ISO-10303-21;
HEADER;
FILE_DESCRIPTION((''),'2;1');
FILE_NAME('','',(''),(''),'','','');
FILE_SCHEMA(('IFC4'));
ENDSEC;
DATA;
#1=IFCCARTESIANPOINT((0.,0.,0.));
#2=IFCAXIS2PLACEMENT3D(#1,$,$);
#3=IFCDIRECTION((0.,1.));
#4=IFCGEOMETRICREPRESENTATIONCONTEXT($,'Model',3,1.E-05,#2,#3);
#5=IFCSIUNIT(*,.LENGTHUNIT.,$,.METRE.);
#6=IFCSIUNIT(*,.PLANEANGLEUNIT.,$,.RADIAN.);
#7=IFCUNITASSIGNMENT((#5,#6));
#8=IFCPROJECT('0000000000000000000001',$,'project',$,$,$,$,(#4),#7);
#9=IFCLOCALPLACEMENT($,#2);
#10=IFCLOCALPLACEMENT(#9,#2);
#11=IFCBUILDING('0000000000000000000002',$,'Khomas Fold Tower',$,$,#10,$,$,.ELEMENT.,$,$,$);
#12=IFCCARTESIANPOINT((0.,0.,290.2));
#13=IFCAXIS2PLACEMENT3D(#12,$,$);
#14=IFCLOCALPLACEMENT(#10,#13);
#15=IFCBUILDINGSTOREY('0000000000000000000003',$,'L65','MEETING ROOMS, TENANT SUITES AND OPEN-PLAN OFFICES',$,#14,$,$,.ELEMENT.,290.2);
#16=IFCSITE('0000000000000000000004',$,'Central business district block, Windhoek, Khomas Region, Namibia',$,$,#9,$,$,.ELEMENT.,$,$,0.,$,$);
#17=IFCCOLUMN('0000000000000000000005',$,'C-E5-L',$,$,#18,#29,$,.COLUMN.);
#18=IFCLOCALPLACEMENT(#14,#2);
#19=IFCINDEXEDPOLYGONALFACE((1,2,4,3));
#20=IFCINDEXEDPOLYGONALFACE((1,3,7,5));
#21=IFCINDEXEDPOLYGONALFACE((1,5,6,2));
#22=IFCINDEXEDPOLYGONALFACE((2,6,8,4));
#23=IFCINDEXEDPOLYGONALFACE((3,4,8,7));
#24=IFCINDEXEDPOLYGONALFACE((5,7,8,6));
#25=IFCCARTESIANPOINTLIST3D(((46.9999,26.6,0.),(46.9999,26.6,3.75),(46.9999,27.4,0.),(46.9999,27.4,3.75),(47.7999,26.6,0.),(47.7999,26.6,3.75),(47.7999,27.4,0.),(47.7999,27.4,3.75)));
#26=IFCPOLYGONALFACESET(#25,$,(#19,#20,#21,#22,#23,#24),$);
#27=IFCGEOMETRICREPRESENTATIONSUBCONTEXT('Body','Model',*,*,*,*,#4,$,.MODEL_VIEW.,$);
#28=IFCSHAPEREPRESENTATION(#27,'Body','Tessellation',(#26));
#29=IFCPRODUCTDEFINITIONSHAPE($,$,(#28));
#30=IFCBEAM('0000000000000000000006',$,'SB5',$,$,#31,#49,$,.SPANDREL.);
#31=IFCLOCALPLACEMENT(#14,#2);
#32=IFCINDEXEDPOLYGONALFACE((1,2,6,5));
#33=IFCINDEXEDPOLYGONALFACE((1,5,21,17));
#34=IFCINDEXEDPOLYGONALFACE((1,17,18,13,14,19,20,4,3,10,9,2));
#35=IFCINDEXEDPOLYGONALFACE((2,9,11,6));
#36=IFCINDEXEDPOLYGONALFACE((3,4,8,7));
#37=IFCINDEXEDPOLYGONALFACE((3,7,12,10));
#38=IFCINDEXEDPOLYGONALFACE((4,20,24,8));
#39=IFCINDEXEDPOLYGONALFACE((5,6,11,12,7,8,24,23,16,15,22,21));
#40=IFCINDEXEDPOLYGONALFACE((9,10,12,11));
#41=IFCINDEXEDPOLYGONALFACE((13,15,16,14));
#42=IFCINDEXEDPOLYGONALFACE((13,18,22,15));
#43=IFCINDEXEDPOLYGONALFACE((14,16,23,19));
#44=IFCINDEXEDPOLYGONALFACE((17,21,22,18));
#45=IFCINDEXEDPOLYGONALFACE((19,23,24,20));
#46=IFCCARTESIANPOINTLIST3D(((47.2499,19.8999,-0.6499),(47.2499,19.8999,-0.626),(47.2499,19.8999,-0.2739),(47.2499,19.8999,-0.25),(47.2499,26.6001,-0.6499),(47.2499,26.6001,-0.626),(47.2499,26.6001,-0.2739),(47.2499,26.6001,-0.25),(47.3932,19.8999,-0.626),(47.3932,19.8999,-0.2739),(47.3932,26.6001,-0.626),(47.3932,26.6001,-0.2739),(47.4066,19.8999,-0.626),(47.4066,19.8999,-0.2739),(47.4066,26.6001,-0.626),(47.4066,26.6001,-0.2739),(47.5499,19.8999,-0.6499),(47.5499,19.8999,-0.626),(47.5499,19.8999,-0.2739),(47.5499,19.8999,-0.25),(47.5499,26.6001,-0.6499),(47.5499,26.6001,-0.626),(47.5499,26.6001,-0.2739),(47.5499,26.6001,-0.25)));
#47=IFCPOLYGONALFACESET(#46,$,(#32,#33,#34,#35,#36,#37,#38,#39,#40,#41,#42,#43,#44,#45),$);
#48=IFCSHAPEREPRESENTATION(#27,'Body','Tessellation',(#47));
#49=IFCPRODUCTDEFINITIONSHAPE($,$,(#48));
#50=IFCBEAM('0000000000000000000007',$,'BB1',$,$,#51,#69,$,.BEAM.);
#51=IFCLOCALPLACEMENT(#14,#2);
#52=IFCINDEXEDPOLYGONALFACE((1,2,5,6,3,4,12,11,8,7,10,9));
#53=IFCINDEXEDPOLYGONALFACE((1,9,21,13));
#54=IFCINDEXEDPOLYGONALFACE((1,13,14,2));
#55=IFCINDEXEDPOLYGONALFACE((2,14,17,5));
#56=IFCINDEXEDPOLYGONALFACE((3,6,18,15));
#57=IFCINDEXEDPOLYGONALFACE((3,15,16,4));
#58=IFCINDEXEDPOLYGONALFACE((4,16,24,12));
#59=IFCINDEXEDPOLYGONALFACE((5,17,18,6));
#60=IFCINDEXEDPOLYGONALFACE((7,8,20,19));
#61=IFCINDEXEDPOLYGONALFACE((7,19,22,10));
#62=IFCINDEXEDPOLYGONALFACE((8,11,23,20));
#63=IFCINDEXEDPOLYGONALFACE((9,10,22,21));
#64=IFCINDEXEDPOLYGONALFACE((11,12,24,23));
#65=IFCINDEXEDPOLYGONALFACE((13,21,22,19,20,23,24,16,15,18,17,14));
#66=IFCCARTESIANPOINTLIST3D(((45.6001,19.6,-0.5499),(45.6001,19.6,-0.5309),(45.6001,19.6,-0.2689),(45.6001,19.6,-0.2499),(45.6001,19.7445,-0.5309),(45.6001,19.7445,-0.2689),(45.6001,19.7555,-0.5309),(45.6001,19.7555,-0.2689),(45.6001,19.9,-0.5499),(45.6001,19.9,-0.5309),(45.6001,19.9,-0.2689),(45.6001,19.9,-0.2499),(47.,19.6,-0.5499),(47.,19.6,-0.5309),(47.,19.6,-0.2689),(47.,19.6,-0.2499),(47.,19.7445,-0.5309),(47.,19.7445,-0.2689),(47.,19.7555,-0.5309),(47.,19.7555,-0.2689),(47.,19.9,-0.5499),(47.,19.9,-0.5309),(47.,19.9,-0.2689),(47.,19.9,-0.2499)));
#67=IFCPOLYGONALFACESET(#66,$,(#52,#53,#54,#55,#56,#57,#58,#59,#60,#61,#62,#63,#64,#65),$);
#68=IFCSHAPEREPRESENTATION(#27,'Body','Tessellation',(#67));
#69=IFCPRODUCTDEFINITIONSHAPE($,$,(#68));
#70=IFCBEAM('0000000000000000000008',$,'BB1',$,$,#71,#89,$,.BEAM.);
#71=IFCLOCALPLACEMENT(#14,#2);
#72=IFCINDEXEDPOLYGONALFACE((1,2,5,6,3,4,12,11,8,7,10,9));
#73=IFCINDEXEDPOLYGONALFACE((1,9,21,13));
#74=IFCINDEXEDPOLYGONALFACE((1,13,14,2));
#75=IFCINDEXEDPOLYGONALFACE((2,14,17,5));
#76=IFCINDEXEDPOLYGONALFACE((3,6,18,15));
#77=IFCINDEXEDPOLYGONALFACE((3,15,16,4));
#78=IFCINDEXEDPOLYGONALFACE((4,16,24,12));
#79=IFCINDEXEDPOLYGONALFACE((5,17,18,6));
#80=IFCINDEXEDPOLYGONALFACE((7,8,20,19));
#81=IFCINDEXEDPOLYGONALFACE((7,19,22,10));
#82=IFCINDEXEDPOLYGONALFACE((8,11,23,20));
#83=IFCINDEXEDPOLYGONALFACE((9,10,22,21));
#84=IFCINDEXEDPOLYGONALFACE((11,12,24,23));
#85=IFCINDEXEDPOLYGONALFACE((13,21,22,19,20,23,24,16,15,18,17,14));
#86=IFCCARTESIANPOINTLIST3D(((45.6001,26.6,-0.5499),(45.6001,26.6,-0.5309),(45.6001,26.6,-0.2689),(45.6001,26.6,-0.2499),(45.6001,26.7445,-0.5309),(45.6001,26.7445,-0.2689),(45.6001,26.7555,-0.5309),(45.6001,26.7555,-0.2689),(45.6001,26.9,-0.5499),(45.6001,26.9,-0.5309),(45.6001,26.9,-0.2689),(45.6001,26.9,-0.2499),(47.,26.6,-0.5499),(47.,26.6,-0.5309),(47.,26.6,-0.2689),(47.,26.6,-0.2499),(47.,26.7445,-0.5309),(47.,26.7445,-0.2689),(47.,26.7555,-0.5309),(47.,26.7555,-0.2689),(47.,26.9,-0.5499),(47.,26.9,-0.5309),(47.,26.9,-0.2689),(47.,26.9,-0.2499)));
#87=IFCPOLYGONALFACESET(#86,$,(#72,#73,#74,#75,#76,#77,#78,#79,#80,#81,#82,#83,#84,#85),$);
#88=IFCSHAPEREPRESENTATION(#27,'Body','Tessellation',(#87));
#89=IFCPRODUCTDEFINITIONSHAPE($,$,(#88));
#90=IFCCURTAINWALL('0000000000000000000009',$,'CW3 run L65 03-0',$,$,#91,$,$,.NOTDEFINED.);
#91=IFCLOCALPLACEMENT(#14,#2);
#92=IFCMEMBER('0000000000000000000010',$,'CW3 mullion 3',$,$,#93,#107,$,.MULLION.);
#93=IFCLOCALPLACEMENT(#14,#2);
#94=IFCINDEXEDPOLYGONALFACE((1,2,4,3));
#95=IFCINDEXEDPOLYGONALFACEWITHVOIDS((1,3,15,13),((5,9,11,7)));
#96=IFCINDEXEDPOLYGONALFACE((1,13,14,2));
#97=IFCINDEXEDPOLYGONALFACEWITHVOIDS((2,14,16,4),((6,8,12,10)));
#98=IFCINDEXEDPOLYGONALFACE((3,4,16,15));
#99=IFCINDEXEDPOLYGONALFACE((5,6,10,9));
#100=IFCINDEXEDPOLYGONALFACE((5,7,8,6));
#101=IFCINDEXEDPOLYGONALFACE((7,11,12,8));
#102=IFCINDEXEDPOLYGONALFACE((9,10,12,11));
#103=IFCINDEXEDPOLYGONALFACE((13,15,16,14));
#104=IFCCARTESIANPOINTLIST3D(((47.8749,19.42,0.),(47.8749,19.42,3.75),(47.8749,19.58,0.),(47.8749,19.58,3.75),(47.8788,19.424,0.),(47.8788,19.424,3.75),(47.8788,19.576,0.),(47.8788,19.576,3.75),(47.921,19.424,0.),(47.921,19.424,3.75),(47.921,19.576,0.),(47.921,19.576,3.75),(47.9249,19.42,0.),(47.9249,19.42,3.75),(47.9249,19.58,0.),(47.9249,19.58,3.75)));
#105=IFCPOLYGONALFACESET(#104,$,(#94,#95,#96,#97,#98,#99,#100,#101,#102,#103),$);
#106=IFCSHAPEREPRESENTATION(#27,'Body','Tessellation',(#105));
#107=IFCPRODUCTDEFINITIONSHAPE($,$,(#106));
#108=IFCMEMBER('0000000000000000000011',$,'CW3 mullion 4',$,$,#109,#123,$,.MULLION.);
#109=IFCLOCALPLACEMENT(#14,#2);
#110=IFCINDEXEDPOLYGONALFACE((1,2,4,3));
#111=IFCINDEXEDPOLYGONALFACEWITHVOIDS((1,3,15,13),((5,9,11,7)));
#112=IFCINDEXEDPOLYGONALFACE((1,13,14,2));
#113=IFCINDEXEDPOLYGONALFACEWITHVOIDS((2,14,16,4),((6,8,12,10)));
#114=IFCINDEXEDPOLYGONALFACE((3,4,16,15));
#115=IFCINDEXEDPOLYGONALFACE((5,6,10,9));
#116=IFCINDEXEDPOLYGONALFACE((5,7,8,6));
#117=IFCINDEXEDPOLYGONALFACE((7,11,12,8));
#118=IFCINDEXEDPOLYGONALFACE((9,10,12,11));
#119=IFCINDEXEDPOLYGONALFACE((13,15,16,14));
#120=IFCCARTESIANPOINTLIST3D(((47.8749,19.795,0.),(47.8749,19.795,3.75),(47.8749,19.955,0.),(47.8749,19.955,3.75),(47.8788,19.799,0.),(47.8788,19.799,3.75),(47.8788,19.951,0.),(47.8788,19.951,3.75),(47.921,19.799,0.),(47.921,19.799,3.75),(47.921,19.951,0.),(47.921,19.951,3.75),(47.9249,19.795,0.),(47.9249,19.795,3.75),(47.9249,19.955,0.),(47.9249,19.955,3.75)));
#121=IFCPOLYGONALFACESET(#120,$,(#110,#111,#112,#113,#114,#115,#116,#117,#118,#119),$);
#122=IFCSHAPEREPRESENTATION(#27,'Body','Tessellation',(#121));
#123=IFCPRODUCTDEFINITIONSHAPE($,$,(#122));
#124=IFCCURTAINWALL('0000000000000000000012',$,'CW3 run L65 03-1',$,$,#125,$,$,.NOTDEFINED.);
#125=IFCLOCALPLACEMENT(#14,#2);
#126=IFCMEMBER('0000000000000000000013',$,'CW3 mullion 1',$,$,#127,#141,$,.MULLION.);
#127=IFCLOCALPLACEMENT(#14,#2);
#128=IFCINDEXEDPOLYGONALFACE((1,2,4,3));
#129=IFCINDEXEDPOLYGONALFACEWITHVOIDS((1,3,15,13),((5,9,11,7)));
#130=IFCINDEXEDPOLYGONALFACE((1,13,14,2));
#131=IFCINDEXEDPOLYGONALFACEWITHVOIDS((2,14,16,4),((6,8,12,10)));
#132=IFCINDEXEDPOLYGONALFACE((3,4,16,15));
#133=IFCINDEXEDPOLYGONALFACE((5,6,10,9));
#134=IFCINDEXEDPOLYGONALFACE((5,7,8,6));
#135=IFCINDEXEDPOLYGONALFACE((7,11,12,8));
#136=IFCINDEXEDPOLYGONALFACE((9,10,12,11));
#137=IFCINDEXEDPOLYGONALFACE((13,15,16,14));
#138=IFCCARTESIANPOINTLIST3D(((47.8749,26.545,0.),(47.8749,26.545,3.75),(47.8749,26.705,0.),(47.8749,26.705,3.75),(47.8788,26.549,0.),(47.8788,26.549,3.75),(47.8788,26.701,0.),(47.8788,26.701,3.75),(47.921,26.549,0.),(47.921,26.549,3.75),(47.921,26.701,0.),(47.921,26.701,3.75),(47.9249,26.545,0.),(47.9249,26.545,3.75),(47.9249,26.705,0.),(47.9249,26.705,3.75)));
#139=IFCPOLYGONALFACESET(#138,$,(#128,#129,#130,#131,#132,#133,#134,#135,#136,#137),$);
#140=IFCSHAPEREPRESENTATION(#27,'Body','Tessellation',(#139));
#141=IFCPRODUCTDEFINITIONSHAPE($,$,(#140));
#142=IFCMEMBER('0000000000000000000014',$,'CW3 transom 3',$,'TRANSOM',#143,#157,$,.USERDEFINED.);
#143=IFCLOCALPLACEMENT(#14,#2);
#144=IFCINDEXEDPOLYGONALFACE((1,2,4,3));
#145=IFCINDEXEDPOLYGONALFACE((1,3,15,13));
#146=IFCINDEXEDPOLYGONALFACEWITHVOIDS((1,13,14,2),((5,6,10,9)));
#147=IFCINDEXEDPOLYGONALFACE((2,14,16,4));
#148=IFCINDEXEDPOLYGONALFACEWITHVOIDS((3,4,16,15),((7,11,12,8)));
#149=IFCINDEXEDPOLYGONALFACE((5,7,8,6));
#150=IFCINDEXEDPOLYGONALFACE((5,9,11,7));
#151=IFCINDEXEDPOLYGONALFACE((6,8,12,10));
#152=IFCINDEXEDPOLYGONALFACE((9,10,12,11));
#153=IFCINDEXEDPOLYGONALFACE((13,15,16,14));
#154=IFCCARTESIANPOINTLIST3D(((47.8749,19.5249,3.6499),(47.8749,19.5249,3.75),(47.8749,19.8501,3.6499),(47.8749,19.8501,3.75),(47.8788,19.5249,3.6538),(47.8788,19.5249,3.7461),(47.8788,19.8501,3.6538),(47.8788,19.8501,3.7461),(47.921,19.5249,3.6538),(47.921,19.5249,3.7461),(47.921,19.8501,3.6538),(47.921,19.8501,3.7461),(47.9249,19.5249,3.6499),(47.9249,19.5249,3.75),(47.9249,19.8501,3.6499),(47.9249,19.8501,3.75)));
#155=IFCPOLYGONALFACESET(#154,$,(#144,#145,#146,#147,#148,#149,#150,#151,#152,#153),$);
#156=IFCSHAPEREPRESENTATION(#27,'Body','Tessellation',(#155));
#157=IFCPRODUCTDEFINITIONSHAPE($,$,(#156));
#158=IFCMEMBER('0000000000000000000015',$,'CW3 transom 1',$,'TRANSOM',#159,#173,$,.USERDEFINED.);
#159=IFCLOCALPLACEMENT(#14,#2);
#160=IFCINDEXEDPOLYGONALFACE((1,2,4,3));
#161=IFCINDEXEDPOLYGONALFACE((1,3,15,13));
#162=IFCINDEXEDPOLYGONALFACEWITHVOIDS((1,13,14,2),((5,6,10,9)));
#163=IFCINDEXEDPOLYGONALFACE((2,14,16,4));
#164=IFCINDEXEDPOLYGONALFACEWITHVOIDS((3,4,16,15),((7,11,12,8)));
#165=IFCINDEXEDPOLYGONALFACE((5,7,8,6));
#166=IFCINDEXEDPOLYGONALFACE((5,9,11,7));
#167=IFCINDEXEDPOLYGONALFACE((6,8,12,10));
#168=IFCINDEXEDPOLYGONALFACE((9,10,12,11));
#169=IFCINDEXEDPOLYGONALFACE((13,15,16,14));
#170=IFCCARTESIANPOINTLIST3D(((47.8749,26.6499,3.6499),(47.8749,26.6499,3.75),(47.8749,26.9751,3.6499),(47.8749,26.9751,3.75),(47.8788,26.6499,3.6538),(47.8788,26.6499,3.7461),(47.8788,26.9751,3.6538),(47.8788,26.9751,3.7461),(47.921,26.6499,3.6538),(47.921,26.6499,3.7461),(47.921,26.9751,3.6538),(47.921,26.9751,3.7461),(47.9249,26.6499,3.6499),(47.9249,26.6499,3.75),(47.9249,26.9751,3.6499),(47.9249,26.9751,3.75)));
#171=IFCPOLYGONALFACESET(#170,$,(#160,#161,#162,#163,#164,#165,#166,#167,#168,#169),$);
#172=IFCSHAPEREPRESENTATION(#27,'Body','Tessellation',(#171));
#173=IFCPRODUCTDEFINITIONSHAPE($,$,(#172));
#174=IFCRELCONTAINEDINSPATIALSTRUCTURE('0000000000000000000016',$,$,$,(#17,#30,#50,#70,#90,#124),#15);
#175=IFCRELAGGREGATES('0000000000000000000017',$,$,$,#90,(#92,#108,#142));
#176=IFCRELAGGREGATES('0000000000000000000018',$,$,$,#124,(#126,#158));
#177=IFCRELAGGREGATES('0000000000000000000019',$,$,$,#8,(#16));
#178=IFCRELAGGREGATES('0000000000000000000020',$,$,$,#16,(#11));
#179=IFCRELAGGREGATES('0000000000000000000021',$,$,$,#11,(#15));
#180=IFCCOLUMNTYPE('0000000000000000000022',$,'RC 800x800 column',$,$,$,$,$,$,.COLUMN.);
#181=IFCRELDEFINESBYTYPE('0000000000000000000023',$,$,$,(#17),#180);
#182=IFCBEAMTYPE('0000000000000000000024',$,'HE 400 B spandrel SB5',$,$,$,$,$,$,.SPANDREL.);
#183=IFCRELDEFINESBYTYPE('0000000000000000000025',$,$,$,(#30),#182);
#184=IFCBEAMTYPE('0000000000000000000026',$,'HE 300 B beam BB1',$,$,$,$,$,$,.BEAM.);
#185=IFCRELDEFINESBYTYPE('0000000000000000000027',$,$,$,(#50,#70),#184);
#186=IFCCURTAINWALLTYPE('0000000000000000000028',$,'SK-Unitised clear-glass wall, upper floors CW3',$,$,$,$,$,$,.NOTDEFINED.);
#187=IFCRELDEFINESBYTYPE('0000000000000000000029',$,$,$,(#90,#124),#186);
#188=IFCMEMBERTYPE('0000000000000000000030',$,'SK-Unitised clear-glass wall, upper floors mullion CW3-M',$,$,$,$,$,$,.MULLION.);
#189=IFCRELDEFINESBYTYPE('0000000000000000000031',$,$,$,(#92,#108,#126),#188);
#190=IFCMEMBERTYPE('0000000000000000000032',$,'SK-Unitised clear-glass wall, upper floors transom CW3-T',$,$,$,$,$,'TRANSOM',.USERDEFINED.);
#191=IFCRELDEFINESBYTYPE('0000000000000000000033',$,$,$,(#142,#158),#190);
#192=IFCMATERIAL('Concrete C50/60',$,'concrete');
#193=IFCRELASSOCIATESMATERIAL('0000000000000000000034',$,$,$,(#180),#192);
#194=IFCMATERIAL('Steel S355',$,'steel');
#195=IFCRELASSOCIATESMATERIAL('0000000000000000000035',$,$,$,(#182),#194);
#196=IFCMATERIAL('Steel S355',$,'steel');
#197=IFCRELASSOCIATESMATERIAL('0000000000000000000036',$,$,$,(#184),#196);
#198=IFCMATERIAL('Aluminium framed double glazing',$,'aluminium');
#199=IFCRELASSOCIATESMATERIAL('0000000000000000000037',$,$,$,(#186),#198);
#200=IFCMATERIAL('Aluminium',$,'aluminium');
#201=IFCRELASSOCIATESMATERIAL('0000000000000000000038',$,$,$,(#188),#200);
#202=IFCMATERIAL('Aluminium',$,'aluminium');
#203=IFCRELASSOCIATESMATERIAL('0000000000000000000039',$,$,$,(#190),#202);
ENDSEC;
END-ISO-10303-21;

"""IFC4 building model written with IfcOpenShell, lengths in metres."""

from ifc_helpers import new_model, si_unit, direction, frame, origin, origin_2d, place, context, subcontext, project, spatial, rectangle, hollow_rectangle, i_section, extrude, source, transform, mapped, material, material_profile, profile_set, type_object, element, aggregate, save


model = new_model("IFC4")

# Units and contexts
model_context = context("Model", 3, precision=1e-05, world=origin(), true_north=direction((0.0, 1.0)))
body_context = subcontext(model_context, "Body", "Model", "MODEL_VIEW")
ifc_project = project(units=[si_unit("LENGTHUNIT", "METRE"), si_unit("PLANEANGLEUNIT", "RADIAN")], contexts=[model_context])

# Site, building, storey
site_placement = place(None, origin())
site = spatial("IfcSite", under=ifc_project, at=site_placement, Name="Central business district block, Windhoek, Khomas Region, Namibia", CompositionType="ELEMENT", RefElevation=0.0)
building_placement = place(site_placement, origin())
building = spatial("IfcBuilding", under=site, at=building_placement, Name="Khomas Fold Tower", CompositionType="ELEMENT")
storey_placement = place(building_placement, frame((0.0, 0.0, 290.2)))
storey = spatial("IfcBuildingStorey", under=building, at=storey_placement, Name="L65", Description="MEETING ROOMS, TENANT SUITES AND OPEN-PLAN OFFICES", CompositionType="ELEMENT", Elevation=290.2)

# Column
ifc_material_1 = material(Name="Concrete C50/60", Category="concrete")
ifc_material_profile_1 = material_profile(ifc_material_1, rectangle(XDim=0.8, YDim=0.8, at=origin_2d()), Name="RC 800x800")
ifc_profile_set_1 = profile_set([ifc_material_profile_1], Name="Concrete C50/60")
column_type = type_object("IfcColumnType", Name="RC 800x800 column", PredefinedType="COLUMN", material=ifc_profile_set_1)
shared_shape_1 = source(origin(), body_context, "Body", "SweptSolid", [
    extrude(rectangle(XDim=0.8, YDim=0.8, at=origin_2d()), origin(), (0.0, 0.0, 1.0), 3.75),
])
column_placement = place(storey_placement, frame((47.3999, 27.0, 0.0), z_axis=(0.0, 0.0, 1.0), x_axis=(1.0, 0.0, 0.0)))
element("IfcColumn", 1, at=column_placement, inside=storey, type_object=column_type, Name="C-E5-L", PredefinedType="COLUMN", context=body_context, shape_type="MappedRepresentation", body=[
    mapped(shared_shape_1, transform((0.0, 0.0, 0.0))),
])

# Beams
ifc_material_2 = material(Name="Steel S355", Category="steel")
ifc_material_profile_2 = material_profile(ifc_material_2, i_section(OverallWidth=0.3, OverallDepth=0.3999, WebThickness=0.0134, FlangeThickness=0.0239, at=origin_2d()), Name="HE 400 B")
ifc_profile_set_2 = profile_set([ifc_material_profile_2], Name="Steel S355")
beam_type_1 = type_object("IfcBeamType", Name="HE 400 B spandrel SB5", PredefinedType="SPANDREL", material=ifc_profile_set_2)
shared_shape_2 = source(origin(), body_context, "Body", "SweptSolid", [
    extrude(i_section(OverallWidth=0.3, OverallDepth=0.3999, WebThickness=0.0134, FlangeThickness=0.0239, at=origin_2d()), origin(), (0.0, 0.0, 1.0), 6.7002),
])
beam_placement = place(storey_placement, frame((47.3999, 19.8999, -0.45), z_axis=(0.0, 1.0, 0.0), x_axis=(-1.0, 0.0, 0.0)))
element("IfcBeam", 2, at=beam_placement, inside=storey, type_object=beam_type_1, Name="SB5", PredefinedType="SPANDREL", context=body_context, shape_type="MappedRepresentation", body=[
    mapped(shared_shape_2, transform((0.0, 0.0, 0.0))),
])
ifc_material_3 = material(Name="Steel S355", Category="steel")
ifc_material_profile_3 = material_profile(ifc_material_3, i_section(OverallWidth=0.3, OverallDepth=0.3, WebThickness=0.011, FlangeThickness=0.019, at=origin_2d()), Name="HE 300 B")
ifc_profile_set_3 = profile_set([ifc_material_profile_3], Name="Steel S355")
beam_type_2 = type_object("IfcBeamType", Name="HE 300 B beam BB1", PredefinedType="BEAM", material=ifc_profile_set_3)
shared_shape_3 = source(origin(), body_context, "Body", "SweptSolid", [
    extrude(i_section(OverallWidth=0.3, OverallDepth=0.3, WebThickness=0.011, FlangeThickness=0.019, at=origin_2d()), origin(), (0.0, 0.0, 1.0), 1.3999),
])
for number, where, z_axis, x_axis, name in (
    (3, (45.6001, 19.75, -0.3999), (1.0, 0.0, 0.0), (0.0, 1.0, 0.0), "BB1"),
    (4, (45.6001, 26.75, -0.3999), (1.0, 0.0, 0.0), (0.0, 1.0, 0.0), "BB1"),
):
    element("IfcBeam", number, at=place(storey_placement, frame(where, z_axis=z_axis, x_axis=x_axis)), inside=storey, type_object=beam_type_2, Name=name, PredefinedType="BEAM", context=body_context, shape_type="MappedRepresentation", body=[
        mapped(shared_shape_3, transform((0.0, 0.0, 0.0))),
    ])

# Curtain wall, members
ifc_material_4 = material(Name="Aluminium framed double glazing", Category="aluminium")
curtain_wall_type = type_object("IfcCurtainWallType", Name="SK-Unitised clear-glass wall, upper floors CW3", PredefinedType="NOTDEFINED", material=ifc_material_4)
curtain_wall_1_placement = place(storey_placement, origin())
curtain_wall_1 = element("IfcCurtainWall", 5, at=curtain_wall_1_placement, inside=storey, type_object=curtain_wall_type, Name="CW3 run L65 03-0", PredefinedType="NOTDEFINED")
ifc_material_5 = material(Name="Aluminium", Category="aluminium")
ifc_material_profile_4 = material_profile(ifc_material_5, hollow_rectangle(XDim=0.05, YDim=0.1599, WallThickness=0.0039, at=origin_2d()), Name="SK-Unitised clear-glass wall, upper floors mullion CW3-M")
ifc_profile_set_4 = profile_set([ifc_material_profile_4], Name="Aluminium")
member_type_1 = type_object("IfcMemberType", Name="SK-Unitised clear-glass wall, upper floors mullion CW3-M", PredefinedType="MULLION", material=ifc_profile_set_4)
shared_shape_4 = source(origin(), body_context, "Body", "SweptSolid", [
    extrude(hollow_rectangle(XDim=0.05, YDim=0.1599, WallThickness=0.0039, at=origin_2d()), origin(), (0.0, 0.0, 1.0), 3.75),
])
member_1_placement = place(storey_placement, frame((47.8999, 19.5, 0.0), z_axis=(0.0, 0.0, 1.0), x_axis=(-1.0, 0.0, 0.0)))
member_1 = element("IfcMember", 6, at=member_1_placement, type_object=member_type_1, Name="CW3 mullion 3", PredefinedType="MULLION", context=body_context, shape_type="MappedRepresentation", body=[
    mapped(shared_shape_4, transform((0.0, 0.0, 0.0))),
])
member_2_placement = place(storey_placement, frame((47.8999, 19.875, 0.0), z_axis=(0.0, 0.0, 1.0), x_axis=(-1.0, 0.0, 0.0)))
member_2 = element("IfcMember", 7, at=member_2_placement, type_object=member_type_1, Name="CW3 mullion 4", PredefinedType="MULLION", context=body_context, shape_type="MappedRepresentation", body=[
    mapped(shared_shape_4, transform((0.0, 0.0, 0.0))),
])

# Curtain wall, member
curtain_wall_2_placement = place(storey_placement, origin())
curtain_wall_2 = element("IfcCurtainWall", 8, at=curtain_wall_2_placement, inside=storey, type_object=curtain_wall_type, Name="CW3 run L65 03-1", PredefinedType="NOTDEFINED")
member_3_placement = place(storey_placement, frame((47.8999, 26.625, 0.0), z_axis=(0.0, 0.0, 1.0), x_axis=(-1.0, 0.0, 0.0)))
member_3 = element("IfcMember", 9, at=member_3_placement, type_object=member_type_1, Name="CW3 mullion 1", PredefinedType="MULLION", context=body_context, shape_type="MappedRepresentation", body=[
    mapped(shared_shape_4, transform((0.0, 0.0, 0.0))),
])

# Members
ifc_material_6 = material(Name="Aluminium", Category="aluminium")
ifc_material_profile_5 = material_profile(ifc_material_6, hollow_rectangle(XDim=0.05, YDim=0.1001, WallThickness=0.0039, at=origin_2d()), Name="SK-Unitised clear-glass wall, upper floors transom CW3-T")
ifc_profile_set_5 = profile_set([ifc_material_profile_5], Name="Aluminium")
member_type_2 = type_object("IfcMemberType", Name="SK-Unitised clear-glass wall, upper floors transom CW3-T", ElementType="TRANSOM", PredefinedType="USERDEFINED", material=ifc_profile_set_5)
shared_shape_5 = source(origin(), body_context, "Body", "SweptSolid", [
    extrude(hollow_rectangle(XDim=0.05, YDim=0.1001, WallThickness=0.0039, at=origin_2d()), origin(), (0.0, 0.0, 1.0), 0.3252),
])
member_4_placement = place(storey_placement, frame((47.8999, 19.5249, 3.7), z_axis=(0.0, 1.0, 0.0), x_axis=(-1.0, 0.0, 0.0)))
member_4 = element("IfcMember", 10, at=member_4_placement, type_object=member_type_2, Name="CW3 transom 3", ObjectType="TRANSOM", PredefinedType="USERDEFINED", context=body_context, shape_type="MappedRepresentation", body=[
    mapped(shared_shape_5, transform((0.0, 0.0, 0.0))),
])
member_5_placement = place(storey_placement, frame((47.8999, 26.6499, 3.7), z_axis=(0.0, 1.0, 0.0), x_axis=(-1.0, 0.0, 0.0)))
member_5 = element("IfcMember", 11, at=member_5_placement, type_object=member_type_2, Name="CW3 transom 1", ObjectType="TRANSOM", PredefinedType="USERDEFINED", context=body_context, shape_type="MappedRepresentation", body=[
    mapped(shared_shape_5, transform((0.0, 0.0, 0.0))),
])

aggregate(curtain_wall_1, [member_1, member_2, member_4])
aggregate(curtain_wall_2, [member_3, member_5])

save(model, "model.ifc")
